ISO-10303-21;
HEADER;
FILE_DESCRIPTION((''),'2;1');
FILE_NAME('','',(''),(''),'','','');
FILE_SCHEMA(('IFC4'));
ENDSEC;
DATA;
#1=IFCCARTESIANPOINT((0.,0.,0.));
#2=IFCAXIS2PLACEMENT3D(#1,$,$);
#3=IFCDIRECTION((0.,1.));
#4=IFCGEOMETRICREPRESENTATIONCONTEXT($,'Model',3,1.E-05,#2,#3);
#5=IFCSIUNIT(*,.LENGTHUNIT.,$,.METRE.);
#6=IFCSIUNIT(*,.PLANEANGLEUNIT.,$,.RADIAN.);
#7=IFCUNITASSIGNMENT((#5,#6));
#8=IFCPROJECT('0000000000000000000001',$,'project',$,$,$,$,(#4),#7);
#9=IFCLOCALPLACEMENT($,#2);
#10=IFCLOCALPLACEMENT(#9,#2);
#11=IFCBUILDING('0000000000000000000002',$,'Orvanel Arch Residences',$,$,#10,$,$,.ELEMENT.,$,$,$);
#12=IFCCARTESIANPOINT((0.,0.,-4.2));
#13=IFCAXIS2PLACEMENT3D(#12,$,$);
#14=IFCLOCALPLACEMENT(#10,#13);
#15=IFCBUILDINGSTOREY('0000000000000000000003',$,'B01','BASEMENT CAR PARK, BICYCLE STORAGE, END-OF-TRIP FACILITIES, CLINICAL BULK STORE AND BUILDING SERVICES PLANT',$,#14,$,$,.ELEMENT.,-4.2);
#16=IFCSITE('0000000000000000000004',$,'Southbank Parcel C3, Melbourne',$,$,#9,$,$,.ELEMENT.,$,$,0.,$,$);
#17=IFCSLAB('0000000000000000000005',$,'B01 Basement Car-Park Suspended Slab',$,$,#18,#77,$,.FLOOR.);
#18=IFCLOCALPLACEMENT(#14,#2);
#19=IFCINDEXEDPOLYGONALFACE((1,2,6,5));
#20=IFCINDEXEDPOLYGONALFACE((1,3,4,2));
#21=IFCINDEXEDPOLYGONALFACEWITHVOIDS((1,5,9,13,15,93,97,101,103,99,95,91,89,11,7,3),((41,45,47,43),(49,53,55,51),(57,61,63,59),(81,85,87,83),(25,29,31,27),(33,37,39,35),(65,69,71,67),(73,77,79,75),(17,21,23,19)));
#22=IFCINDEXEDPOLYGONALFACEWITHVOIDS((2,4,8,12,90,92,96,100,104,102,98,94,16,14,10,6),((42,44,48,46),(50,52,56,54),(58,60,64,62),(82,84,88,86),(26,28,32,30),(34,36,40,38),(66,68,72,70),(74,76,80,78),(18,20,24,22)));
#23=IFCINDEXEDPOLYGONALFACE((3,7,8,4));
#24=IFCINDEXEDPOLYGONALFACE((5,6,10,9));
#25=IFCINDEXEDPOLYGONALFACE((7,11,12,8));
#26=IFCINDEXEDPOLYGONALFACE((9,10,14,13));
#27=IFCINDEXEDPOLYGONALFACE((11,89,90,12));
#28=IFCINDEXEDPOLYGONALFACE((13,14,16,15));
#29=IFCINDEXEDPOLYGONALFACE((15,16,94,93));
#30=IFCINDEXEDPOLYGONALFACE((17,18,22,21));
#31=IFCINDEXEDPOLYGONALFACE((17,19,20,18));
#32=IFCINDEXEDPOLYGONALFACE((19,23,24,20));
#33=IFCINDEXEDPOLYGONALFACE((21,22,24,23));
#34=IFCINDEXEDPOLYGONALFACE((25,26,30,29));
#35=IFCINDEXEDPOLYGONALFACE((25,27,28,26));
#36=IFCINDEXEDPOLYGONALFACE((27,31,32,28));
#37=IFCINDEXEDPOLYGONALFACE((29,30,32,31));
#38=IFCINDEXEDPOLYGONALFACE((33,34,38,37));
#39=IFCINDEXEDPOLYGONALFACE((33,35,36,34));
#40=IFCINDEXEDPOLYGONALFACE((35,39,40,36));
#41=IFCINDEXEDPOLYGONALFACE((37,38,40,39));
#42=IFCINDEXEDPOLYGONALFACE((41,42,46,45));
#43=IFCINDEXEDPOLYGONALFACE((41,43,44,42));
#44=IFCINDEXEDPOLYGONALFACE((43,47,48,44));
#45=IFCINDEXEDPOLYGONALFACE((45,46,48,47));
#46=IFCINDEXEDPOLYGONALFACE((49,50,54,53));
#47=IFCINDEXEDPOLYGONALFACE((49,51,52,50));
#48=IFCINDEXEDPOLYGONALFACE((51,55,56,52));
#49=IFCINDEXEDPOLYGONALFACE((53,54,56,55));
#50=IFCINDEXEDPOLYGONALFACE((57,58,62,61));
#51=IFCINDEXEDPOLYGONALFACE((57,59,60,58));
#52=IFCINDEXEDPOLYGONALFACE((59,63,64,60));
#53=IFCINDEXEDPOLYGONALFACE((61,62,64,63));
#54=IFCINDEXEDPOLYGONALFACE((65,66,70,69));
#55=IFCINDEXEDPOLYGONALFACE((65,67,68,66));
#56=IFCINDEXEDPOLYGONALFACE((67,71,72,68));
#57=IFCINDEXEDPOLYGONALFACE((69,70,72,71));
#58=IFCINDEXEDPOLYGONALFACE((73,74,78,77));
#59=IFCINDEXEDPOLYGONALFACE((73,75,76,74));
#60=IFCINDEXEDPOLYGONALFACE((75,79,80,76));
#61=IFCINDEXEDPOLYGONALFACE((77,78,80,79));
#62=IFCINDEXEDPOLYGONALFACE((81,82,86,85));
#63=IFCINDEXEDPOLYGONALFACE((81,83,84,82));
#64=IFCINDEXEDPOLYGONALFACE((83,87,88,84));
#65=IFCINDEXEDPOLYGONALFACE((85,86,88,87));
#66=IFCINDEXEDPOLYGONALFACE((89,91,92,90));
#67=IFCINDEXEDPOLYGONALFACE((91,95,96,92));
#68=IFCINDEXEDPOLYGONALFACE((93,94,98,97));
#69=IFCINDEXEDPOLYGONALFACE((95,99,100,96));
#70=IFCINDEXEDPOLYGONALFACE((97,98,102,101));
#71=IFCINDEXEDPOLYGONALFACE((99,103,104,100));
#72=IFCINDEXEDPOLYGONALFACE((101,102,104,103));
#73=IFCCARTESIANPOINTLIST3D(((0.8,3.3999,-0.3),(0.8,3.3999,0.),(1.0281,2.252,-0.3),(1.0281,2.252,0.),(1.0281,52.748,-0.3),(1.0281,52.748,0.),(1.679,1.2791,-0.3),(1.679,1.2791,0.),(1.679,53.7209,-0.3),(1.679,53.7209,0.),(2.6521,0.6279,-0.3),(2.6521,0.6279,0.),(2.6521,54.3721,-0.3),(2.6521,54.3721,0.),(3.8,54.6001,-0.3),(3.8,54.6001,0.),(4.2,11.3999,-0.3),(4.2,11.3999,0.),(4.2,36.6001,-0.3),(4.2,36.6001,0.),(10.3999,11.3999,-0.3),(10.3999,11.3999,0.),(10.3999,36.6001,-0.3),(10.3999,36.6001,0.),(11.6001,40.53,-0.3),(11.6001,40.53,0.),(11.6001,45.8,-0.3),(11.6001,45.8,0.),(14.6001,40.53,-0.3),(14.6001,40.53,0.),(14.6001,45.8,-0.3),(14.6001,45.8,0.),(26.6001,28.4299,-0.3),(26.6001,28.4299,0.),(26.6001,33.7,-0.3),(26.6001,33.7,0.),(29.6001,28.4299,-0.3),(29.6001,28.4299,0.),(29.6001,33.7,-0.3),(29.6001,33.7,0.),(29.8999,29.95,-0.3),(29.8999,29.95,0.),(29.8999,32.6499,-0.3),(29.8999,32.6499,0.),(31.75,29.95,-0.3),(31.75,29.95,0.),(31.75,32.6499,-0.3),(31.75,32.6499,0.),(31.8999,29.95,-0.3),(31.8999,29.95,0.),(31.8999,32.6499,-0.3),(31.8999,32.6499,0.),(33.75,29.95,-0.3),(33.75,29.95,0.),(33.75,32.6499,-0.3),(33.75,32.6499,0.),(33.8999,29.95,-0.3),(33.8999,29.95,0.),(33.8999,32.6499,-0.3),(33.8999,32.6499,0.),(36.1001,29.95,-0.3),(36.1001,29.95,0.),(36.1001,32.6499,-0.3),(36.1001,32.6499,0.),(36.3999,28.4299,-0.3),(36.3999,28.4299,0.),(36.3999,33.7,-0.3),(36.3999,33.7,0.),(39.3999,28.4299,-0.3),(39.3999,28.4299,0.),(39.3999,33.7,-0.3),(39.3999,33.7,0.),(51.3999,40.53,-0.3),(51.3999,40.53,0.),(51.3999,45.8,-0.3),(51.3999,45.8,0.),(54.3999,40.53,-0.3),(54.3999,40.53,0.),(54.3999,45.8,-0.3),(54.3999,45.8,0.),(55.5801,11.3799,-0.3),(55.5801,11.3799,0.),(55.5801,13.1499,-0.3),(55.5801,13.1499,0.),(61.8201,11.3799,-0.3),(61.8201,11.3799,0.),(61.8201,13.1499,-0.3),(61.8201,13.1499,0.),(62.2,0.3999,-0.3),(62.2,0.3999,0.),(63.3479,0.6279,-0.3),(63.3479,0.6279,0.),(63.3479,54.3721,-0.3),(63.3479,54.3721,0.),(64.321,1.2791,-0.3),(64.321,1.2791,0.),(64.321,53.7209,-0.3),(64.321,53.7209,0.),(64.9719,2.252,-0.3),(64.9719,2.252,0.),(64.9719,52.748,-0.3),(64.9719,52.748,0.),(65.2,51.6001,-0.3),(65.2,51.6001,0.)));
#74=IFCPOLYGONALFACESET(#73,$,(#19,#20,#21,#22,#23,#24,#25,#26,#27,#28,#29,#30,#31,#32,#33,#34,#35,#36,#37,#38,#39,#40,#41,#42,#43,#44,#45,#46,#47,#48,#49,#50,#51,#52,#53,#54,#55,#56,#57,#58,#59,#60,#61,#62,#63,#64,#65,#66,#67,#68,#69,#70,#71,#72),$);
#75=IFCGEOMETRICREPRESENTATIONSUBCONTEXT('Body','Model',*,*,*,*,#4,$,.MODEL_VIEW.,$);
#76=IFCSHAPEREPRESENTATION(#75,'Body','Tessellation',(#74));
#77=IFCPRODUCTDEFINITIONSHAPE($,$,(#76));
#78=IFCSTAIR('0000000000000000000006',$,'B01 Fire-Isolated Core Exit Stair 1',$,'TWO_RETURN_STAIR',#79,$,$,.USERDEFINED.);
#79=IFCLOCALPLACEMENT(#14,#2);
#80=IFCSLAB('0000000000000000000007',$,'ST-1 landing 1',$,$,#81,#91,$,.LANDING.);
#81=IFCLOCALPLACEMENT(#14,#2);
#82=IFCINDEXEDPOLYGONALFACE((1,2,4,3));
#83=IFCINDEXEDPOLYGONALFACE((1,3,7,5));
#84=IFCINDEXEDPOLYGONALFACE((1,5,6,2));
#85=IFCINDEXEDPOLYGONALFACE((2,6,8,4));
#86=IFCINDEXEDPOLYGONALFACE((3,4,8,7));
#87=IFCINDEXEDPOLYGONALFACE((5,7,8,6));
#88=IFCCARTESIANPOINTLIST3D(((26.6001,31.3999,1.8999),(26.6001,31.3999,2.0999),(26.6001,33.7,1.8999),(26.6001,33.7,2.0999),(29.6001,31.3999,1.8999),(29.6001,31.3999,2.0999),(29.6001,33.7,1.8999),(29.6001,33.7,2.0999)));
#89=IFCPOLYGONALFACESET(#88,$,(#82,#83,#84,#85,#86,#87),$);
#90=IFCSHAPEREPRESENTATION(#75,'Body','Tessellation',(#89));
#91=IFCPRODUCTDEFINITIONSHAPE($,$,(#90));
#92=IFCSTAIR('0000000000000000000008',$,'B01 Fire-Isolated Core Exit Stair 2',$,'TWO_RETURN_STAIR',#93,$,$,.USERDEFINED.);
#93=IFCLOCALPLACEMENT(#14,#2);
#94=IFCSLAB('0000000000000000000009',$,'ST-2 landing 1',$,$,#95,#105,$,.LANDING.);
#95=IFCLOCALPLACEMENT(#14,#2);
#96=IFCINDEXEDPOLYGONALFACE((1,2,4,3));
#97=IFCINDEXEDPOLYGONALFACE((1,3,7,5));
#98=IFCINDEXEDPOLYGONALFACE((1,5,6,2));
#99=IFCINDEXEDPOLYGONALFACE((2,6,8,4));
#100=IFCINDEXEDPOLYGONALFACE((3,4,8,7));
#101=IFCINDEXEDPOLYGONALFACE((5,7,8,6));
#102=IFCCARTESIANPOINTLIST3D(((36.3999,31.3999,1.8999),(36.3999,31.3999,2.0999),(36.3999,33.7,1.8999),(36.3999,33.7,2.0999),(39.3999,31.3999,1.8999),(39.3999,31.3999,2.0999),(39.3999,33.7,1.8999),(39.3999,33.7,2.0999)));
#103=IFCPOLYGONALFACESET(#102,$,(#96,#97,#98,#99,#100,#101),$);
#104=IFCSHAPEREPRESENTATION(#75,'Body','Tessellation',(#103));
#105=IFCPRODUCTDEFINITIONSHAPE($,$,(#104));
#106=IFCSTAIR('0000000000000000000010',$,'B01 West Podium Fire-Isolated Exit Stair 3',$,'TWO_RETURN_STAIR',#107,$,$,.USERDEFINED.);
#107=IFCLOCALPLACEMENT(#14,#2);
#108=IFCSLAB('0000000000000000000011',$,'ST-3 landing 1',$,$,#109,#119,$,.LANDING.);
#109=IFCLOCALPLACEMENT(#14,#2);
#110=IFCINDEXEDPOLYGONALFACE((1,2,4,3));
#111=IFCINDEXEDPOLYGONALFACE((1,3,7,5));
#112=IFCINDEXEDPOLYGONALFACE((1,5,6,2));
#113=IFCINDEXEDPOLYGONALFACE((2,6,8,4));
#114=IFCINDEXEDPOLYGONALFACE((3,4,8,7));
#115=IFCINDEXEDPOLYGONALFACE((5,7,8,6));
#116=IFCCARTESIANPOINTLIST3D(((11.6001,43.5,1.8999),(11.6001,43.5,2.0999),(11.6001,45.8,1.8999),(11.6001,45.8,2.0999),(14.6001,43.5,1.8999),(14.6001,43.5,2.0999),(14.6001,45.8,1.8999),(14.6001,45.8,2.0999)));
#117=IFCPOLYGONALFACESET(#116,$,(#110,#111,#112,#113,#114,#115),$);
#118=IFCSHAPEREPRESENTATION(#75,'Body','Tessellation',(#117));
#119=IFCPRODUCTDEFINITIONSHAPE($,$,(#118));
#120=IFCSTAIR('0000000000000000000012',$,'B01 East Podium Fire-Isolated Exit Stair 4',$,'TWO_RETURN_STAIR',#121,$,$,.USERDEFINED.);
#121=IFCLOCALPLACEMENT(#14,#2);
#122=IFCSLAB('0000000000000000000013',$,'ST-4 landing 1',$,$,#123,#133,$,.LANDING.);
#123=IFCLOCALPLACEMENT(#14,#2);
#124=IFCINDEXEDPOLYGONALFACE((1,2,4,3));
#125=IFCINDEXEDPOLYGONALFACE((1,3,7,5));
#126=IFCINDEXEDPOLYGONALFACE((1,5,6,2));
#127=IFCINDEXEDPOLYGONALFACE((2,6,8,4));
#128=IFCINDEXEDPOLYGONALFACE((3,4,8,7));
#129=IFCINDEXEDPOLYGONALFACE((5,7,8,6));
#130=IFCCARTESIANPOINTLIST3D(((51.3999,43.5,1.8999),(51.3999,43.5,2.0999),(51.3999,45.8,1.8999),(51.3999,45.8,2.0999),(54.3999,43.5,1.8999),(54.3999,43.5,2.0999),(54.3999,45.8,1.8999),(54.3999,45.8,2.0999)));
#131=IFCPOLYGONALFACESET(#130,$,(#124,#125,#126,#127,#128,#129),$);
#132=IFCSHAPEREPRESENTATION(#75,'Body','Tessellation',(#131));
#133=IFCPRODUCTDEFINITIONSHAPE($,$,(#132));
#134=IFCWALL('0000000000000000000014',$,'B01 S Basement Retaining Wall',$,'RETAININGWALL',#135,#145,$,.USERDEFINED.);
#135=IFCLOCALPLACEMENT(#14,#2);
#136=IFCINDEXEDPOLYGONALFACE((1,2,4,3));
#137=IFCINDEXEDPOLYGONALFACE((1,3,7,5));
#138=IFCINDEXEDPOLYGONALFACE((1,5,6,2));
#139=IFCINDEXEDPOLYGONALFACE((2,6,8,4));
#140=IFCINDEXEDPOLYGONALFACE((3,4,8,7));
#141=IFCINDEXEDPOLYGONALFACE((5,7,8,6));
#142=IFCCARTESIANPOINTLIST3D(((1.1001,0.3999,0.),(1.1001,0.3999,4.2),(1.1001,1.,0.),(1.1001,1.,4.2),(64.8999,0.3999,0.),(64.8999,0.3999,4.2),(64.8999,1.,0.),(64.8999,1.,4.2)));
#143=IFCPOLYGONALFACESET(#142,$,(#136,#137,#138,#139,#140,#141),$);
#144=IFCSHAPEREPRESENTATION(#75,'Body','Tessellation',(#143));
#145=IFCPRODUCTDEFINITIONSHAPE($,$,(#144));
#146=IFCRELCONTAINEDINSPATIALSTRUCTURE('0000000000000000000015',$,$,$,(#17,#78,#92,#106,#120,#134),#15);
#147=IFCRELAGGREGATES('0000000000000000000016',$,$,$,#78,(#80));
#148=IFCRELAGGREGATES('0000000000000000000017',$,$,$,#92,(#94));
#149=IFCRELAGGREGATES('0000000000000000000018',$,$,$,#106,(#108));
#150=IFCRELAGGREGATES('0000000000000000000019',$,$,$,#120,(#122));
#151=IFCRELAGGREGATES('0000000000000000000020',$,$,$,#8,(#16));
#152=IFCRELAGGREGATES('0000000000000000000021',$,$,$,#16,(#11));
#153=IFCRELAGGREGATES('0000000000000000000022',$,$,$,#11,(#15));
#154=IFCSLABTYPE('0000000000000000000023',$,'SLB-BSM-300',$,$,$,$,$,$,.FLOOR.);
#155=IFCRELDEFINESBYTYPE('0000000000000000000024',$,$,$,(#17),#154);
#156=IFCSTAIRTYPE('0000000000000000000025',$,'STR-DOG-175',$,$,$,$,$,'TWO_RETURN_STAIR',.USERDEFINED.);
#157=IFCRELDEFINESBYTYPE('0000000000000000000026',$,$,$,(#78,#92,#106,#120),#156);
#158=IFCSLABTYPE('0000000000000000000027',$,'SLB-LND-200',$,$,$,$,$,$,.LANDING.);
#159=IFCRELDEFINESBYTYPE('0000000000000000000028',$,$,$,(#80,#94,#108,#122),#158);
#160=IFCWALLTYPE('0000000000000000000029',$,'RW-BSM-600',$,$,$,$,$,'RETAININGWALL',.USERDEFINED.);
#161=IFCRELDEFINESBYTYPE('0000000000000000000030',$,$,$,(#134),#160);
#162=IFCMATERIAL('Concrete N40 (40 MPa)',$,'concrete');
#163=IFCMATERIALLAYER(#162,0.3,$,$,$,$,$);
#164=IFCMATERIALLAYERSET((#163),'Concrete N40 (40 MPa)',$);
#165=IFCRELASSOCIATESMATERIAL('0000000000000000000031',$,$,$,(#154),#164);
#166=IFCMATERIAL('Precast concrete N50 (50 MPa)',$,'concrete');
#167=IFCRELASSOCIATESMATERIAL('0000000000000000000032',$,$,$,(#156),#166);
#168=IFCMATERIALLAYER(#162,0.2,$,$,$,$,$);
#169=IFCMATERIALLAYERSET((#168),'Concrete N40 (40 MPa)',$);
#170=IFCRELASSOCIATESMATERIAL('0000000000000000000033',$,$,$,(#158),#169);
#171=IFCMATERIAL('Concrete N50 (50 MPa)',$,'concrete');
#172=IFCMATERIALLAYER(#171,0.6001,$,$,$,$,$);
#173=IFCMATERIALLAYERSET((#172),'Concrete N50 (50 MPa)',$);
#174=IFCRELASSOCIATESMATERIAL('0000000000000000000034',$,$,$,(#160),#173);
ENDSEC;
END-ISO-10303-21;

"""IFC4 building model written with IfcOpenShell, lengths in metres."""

from ifc_helpers import new_model, si_unit, direction, frame, frame_2d, origin, place, context, subcontext, project, spatial, polyline, rectangle, outline, extrude, material, layer, layer_set, type_object, element, aggregate, save


model = new_model("IFC4")

# Units and contexts
model_context = context("Model", 3, precision=1e-05, world=origin(), true_north=direction((0.0, 1.0)))
body_context = subcontext(model_context, "Body", "Model", "MODEL_VIEW")
ifc_project = project(units=[si_unit("LENGTHUNIT", "METRE"), si_unit("PLANEANGLEUNIT", "RADIAN")], contexts=[model_context])

# Site, building, storey
site_placement = place(None, origin())
site = spatial("IfcSite", under=ifc_project, at=site_placement, Name="Southbank Parcel C3, Melbourne", CompositionType="ELEMENT", RefElevation=0.0)
building_placement = place(site_placement, origin())
building = spatial("IfcBuilding", under=site, at=building_placement, Name="Orvanel Arch Residences", CompositionType="ELEMENT")
storey_placement = place(building_placement, frame((0.0, 0.0, -4.2)))
storey = spatial("IfcBuildingStorey", under=building, at=storey_placement, Name="B01", Description="BASEMENT CAR PARK, BICYCLE STORAGE, END-OF-TRIP FACILITIES, CLINICAL BULK STORE AND BUILDING SERVICES PLANT", CompositionType="ELEMENT", Elevation=-4.2)

# Slab
ifc_material_1 = material(Name="Concrete N40 (40 MPa)", Category="concrete")
ifc_layer_1 = layer(ifc_material_1, 0.3)
ifc_layer_set_1 = layer_set([ifc_layer_1], Name="Concrete N40 (40 MPa)")
slab_type_1 = type_object("IfcSlabType", Name="SLB-BSM-300", PredefinedType="FLOOR", material=ifc_layer_set_1)
slab_1_placement = place(storey_placement, frame((0.0, 0.0, -0.3)))
element("IfcSlab", 1, at=slab_1_placement, inside=storey, type_object=slab_type_1, Name="B01 Basement Car-Park Suspended Slab", PredefinedType="FLOOR", context=body_context, shape_type="SweptSolid", body=[
    extrude(outline(polyline([(62.2, 0.3999), (63.3479, 0.6279), (64.321, 1.2791), (64.9719, 2.252), (65.2, 51.6001), (64.9719, 52.748), (64.321, 53.7209), (63.3479, 54.3721), (3.8, 54.6001), (2.6521, 54.3721), (1.679, 53.7209), (1.0281, 52.748), (0.8, 3.3999), (1.0281, 2.252), (1.679, 1.2791), (2.6521, 0.6279), (62.2, 0.3999)]), holes=[polyline([(26.6001, 28.4299), (26.6001, 33.7), (29.6001, 33.7), (29.6001, 28.4299), (26.6001, 28.4299)]), polyline([(36.3999, 28.4299), (36.3999, 33.7), (39.3999, 33.7), (39.3999, 28.4299), (36.3999, 28.4299)]), polyline([(11.6001, 40.53), (11.6001, 45.8), (14.6001, 45.8), (14.6001, 40.53), (11.6001, 40.53)]), polyline([(51.3999, 40.53), (51.3999, 45.8), (54.3999, 45.8), (54.3999, 40.53), (51.3999, 40.53)]), polyline([(29.8999, 32.6499), (31.75, 32.6499), (31.75, 29.95), (29.8999, 29.95), (29.8999, 32.6499)]), polyline([(31.8999, 32.6499), (33.75, 32.6499), (33.75, 29.95), (31.8999, 29.95), (31.8999, 32.6499)]), polyline([(33.8999, 32.6499), (36.1001, 32.6499), (36.1001, 29.95), (33.8999, 29.95), (33.8999, 32.6499)]), polyline([(4.2, 36.6001), (10.3999, 36.6001), (10.3999, 11.3999), (4.2, 11.3999), (4.2, 36.6001)]), polyline([(55.5801, 13.1499), (61.8201, 13.1499), (61.8201, 11.3799), (55.5801, 11.3799), (55.5801, 13.1499)])]), origin(), (0.0, 0.0, 1.0), 0.3),
])

# Stairs, slabs
ifc_material_2 = material(Name="Precast concrete N50 (50 MPa)", Category="concrete")
stair_type = type_object("IfcStairType", Name="STR-DOG-175", ElementType="TWO_RETURN_STAIR", PredefinedType="USERDEFINED", material=ifc_material_2)
stair_1_placement = place(storey_placement, origin())
stair_1 = element("IfcStair", 2, at=stair_1_placement, inside=storey, type_object=stair_type, Name="B01 Fire-Isolated Core Exit Stair 1", ObjectType="TWO_RETURN_STAIR", PredefinedType="USERDEFINED")
ifc_layer_2 = layer(ifc_material_1, 0.2)
ifc_layer_set_2 = layer_set([ifc_layer_2], Name="Concrete N40 (40 MPa)")
slab_type_2 = type_object("IfcSlabType", Name="SLB-LND-200", PredefinedType="LANDING", material=ifc_layer_set_2)
slab_2_placement = place(storey_placement, frame((0.0, 0.0, 1.8999)))
slab_2 = element("IfcSlab", 3, at=slab_2_placement, type_object=slab_type_2, Name="ST-1 landing 1", PredefinedType="LANDING", context=body_context, shape_type="SweptSolid", body=[
    extrude(outline(polyline([(29.6001, 31.3999), (29.6001, 33.7), (26.6001, 33.7), (26.6001, 31.3999), (29.6001, 31.3999)])), origin(), (0.0, 0.0, 1.0), 0.2),
])
aggregate(stair_1, [slab_2])
stair_2_placement = place(storey_placement, origin())
stair_2 = element("IfcStair", 4, at=stair_2_placement, inside=storey, type_object=stair_type, Name="B01 Fire-Isolated Core Exit Stair 2", ObjectType="TWO_RETURN_STAIR", PredefinedType="USERDEFINED")
slab_3_placement = place(storey_placement, frame((0.0, 0.0, 1.8999)))
slab_3 = element("IfcSlab", 5, at=slab_3_placement, type_object=slab_type_2, Name="ST-2 landing 1", PredefinedType="LANDING", context=body_context, shape_type="SweptSolid", body=[
    extrude(outline(polyline([(39.3999, 31.3999), (39.3999, 33.7), (36.3999, 33.7), (36.3999, 31.3999), (39.3999, 31.3999)])), origin(), (0.0, 0.0, 1.0), 0.2),
])
aggregate(stair_2, [slab_3])
stair_3_placement = place(storey_placement, origin())
stair_3 = element("IfcStair", 6, at=stair_3_placement, inside=storey, type_object=stair_type, Name="B01 West Podium Fire-Isolated Exit Stair 3", ObjectType="TWO_RETURN_STAIR", PredefinedType="USERDEFINED")
slab_4_placement = place(storey_placement, frame((0.0, 0.0, 1.8999)))
slab_4 = element("IfcSlab", 7, at=slab_4_placement, type_object=slab_type_2, Name="ST-3 landing 1", PredefinedType="LANDING", context=body_context, shape_type="SweptSolid", body=[
    extrude(outline(polyline([(14.6001, 43.5), (14.6001, 45.8), (11.6001, 45.8), (11.6001, 43.5), (14.6001, 43.5)])), origin(), (0.0, 0.0, 1.0), 0.2),
])
aggregate(stair_3, [slab_4])
stair_4_placement = place(storey_placement, origin())
stair_4 = element("IfcStair", 8, at=stair_4_placement, inside=storey, type_object=stair_type, Name="B01 East Podium Fire-Isolated Exit Stair 4", ObjectType="TWO_RETURN_STAIR", PredefinedType="USERDEFINED")
slab_5_placement = place(storey_placement, frame((0.0, 0.0, 1.8999)))
slab_5 = element("IfcSlab", 9, at=slab_5_placement, type_object=slab_type_2, Name="ST-4 landing 1", PredefinedType="LANDING", context=body_context, shape_type="SweptSolid", body=[
    extrude(outline(polyline([(54.3999, 43.5), (54.3999, 45.8), (51.3999, 45.8), (51.3999, 43.5), (54.3999, 43.5)])), origin(), (0.0, 0.0, 1.0), 0.2),
])
aggregate(stair_4, [slab_5])

# Wall
ifc_material_3 = material(Name="Concrete N50 (50 MPa)", Category="concrete")
ifc_layer_3 = layer(ifc_material_3, 0.6001)
ifc_layer_set_3 = layer_set([ifc_layer_3], Name="Concrete N50 (50 MPa)")
wall_type = type_object("IfcWallType", Name="RW-BSM-600", ElementType="RETAININGWALL", PredefinedType="USERDEFINED", material=ifc_layer_set_3)
wall_placement = place(storey_placement, frame((1.1001, 0.7, 0.0), z_axis=(0.0, 0.0, 1.0), x_axis=(1.0, 0.0, 0.0)))
element("IfcWall", 10, at=wall_placement, inside=storey, type_object=wall_type, Name="B01 S Basement Retaining Wall", ObjectType="RETAININGWALL", PredefinedType="USERDEFINED", context=body_context, shape_type="SweptSolid", body=[
    extrude(rectangle(XDim=63.7998, YDim=0.6001, at=frame_2d((31.8999, 0.0))), origin(), (0.0, 0.0, 1.0), 4.2),
])

save(model, "model.ifc")
